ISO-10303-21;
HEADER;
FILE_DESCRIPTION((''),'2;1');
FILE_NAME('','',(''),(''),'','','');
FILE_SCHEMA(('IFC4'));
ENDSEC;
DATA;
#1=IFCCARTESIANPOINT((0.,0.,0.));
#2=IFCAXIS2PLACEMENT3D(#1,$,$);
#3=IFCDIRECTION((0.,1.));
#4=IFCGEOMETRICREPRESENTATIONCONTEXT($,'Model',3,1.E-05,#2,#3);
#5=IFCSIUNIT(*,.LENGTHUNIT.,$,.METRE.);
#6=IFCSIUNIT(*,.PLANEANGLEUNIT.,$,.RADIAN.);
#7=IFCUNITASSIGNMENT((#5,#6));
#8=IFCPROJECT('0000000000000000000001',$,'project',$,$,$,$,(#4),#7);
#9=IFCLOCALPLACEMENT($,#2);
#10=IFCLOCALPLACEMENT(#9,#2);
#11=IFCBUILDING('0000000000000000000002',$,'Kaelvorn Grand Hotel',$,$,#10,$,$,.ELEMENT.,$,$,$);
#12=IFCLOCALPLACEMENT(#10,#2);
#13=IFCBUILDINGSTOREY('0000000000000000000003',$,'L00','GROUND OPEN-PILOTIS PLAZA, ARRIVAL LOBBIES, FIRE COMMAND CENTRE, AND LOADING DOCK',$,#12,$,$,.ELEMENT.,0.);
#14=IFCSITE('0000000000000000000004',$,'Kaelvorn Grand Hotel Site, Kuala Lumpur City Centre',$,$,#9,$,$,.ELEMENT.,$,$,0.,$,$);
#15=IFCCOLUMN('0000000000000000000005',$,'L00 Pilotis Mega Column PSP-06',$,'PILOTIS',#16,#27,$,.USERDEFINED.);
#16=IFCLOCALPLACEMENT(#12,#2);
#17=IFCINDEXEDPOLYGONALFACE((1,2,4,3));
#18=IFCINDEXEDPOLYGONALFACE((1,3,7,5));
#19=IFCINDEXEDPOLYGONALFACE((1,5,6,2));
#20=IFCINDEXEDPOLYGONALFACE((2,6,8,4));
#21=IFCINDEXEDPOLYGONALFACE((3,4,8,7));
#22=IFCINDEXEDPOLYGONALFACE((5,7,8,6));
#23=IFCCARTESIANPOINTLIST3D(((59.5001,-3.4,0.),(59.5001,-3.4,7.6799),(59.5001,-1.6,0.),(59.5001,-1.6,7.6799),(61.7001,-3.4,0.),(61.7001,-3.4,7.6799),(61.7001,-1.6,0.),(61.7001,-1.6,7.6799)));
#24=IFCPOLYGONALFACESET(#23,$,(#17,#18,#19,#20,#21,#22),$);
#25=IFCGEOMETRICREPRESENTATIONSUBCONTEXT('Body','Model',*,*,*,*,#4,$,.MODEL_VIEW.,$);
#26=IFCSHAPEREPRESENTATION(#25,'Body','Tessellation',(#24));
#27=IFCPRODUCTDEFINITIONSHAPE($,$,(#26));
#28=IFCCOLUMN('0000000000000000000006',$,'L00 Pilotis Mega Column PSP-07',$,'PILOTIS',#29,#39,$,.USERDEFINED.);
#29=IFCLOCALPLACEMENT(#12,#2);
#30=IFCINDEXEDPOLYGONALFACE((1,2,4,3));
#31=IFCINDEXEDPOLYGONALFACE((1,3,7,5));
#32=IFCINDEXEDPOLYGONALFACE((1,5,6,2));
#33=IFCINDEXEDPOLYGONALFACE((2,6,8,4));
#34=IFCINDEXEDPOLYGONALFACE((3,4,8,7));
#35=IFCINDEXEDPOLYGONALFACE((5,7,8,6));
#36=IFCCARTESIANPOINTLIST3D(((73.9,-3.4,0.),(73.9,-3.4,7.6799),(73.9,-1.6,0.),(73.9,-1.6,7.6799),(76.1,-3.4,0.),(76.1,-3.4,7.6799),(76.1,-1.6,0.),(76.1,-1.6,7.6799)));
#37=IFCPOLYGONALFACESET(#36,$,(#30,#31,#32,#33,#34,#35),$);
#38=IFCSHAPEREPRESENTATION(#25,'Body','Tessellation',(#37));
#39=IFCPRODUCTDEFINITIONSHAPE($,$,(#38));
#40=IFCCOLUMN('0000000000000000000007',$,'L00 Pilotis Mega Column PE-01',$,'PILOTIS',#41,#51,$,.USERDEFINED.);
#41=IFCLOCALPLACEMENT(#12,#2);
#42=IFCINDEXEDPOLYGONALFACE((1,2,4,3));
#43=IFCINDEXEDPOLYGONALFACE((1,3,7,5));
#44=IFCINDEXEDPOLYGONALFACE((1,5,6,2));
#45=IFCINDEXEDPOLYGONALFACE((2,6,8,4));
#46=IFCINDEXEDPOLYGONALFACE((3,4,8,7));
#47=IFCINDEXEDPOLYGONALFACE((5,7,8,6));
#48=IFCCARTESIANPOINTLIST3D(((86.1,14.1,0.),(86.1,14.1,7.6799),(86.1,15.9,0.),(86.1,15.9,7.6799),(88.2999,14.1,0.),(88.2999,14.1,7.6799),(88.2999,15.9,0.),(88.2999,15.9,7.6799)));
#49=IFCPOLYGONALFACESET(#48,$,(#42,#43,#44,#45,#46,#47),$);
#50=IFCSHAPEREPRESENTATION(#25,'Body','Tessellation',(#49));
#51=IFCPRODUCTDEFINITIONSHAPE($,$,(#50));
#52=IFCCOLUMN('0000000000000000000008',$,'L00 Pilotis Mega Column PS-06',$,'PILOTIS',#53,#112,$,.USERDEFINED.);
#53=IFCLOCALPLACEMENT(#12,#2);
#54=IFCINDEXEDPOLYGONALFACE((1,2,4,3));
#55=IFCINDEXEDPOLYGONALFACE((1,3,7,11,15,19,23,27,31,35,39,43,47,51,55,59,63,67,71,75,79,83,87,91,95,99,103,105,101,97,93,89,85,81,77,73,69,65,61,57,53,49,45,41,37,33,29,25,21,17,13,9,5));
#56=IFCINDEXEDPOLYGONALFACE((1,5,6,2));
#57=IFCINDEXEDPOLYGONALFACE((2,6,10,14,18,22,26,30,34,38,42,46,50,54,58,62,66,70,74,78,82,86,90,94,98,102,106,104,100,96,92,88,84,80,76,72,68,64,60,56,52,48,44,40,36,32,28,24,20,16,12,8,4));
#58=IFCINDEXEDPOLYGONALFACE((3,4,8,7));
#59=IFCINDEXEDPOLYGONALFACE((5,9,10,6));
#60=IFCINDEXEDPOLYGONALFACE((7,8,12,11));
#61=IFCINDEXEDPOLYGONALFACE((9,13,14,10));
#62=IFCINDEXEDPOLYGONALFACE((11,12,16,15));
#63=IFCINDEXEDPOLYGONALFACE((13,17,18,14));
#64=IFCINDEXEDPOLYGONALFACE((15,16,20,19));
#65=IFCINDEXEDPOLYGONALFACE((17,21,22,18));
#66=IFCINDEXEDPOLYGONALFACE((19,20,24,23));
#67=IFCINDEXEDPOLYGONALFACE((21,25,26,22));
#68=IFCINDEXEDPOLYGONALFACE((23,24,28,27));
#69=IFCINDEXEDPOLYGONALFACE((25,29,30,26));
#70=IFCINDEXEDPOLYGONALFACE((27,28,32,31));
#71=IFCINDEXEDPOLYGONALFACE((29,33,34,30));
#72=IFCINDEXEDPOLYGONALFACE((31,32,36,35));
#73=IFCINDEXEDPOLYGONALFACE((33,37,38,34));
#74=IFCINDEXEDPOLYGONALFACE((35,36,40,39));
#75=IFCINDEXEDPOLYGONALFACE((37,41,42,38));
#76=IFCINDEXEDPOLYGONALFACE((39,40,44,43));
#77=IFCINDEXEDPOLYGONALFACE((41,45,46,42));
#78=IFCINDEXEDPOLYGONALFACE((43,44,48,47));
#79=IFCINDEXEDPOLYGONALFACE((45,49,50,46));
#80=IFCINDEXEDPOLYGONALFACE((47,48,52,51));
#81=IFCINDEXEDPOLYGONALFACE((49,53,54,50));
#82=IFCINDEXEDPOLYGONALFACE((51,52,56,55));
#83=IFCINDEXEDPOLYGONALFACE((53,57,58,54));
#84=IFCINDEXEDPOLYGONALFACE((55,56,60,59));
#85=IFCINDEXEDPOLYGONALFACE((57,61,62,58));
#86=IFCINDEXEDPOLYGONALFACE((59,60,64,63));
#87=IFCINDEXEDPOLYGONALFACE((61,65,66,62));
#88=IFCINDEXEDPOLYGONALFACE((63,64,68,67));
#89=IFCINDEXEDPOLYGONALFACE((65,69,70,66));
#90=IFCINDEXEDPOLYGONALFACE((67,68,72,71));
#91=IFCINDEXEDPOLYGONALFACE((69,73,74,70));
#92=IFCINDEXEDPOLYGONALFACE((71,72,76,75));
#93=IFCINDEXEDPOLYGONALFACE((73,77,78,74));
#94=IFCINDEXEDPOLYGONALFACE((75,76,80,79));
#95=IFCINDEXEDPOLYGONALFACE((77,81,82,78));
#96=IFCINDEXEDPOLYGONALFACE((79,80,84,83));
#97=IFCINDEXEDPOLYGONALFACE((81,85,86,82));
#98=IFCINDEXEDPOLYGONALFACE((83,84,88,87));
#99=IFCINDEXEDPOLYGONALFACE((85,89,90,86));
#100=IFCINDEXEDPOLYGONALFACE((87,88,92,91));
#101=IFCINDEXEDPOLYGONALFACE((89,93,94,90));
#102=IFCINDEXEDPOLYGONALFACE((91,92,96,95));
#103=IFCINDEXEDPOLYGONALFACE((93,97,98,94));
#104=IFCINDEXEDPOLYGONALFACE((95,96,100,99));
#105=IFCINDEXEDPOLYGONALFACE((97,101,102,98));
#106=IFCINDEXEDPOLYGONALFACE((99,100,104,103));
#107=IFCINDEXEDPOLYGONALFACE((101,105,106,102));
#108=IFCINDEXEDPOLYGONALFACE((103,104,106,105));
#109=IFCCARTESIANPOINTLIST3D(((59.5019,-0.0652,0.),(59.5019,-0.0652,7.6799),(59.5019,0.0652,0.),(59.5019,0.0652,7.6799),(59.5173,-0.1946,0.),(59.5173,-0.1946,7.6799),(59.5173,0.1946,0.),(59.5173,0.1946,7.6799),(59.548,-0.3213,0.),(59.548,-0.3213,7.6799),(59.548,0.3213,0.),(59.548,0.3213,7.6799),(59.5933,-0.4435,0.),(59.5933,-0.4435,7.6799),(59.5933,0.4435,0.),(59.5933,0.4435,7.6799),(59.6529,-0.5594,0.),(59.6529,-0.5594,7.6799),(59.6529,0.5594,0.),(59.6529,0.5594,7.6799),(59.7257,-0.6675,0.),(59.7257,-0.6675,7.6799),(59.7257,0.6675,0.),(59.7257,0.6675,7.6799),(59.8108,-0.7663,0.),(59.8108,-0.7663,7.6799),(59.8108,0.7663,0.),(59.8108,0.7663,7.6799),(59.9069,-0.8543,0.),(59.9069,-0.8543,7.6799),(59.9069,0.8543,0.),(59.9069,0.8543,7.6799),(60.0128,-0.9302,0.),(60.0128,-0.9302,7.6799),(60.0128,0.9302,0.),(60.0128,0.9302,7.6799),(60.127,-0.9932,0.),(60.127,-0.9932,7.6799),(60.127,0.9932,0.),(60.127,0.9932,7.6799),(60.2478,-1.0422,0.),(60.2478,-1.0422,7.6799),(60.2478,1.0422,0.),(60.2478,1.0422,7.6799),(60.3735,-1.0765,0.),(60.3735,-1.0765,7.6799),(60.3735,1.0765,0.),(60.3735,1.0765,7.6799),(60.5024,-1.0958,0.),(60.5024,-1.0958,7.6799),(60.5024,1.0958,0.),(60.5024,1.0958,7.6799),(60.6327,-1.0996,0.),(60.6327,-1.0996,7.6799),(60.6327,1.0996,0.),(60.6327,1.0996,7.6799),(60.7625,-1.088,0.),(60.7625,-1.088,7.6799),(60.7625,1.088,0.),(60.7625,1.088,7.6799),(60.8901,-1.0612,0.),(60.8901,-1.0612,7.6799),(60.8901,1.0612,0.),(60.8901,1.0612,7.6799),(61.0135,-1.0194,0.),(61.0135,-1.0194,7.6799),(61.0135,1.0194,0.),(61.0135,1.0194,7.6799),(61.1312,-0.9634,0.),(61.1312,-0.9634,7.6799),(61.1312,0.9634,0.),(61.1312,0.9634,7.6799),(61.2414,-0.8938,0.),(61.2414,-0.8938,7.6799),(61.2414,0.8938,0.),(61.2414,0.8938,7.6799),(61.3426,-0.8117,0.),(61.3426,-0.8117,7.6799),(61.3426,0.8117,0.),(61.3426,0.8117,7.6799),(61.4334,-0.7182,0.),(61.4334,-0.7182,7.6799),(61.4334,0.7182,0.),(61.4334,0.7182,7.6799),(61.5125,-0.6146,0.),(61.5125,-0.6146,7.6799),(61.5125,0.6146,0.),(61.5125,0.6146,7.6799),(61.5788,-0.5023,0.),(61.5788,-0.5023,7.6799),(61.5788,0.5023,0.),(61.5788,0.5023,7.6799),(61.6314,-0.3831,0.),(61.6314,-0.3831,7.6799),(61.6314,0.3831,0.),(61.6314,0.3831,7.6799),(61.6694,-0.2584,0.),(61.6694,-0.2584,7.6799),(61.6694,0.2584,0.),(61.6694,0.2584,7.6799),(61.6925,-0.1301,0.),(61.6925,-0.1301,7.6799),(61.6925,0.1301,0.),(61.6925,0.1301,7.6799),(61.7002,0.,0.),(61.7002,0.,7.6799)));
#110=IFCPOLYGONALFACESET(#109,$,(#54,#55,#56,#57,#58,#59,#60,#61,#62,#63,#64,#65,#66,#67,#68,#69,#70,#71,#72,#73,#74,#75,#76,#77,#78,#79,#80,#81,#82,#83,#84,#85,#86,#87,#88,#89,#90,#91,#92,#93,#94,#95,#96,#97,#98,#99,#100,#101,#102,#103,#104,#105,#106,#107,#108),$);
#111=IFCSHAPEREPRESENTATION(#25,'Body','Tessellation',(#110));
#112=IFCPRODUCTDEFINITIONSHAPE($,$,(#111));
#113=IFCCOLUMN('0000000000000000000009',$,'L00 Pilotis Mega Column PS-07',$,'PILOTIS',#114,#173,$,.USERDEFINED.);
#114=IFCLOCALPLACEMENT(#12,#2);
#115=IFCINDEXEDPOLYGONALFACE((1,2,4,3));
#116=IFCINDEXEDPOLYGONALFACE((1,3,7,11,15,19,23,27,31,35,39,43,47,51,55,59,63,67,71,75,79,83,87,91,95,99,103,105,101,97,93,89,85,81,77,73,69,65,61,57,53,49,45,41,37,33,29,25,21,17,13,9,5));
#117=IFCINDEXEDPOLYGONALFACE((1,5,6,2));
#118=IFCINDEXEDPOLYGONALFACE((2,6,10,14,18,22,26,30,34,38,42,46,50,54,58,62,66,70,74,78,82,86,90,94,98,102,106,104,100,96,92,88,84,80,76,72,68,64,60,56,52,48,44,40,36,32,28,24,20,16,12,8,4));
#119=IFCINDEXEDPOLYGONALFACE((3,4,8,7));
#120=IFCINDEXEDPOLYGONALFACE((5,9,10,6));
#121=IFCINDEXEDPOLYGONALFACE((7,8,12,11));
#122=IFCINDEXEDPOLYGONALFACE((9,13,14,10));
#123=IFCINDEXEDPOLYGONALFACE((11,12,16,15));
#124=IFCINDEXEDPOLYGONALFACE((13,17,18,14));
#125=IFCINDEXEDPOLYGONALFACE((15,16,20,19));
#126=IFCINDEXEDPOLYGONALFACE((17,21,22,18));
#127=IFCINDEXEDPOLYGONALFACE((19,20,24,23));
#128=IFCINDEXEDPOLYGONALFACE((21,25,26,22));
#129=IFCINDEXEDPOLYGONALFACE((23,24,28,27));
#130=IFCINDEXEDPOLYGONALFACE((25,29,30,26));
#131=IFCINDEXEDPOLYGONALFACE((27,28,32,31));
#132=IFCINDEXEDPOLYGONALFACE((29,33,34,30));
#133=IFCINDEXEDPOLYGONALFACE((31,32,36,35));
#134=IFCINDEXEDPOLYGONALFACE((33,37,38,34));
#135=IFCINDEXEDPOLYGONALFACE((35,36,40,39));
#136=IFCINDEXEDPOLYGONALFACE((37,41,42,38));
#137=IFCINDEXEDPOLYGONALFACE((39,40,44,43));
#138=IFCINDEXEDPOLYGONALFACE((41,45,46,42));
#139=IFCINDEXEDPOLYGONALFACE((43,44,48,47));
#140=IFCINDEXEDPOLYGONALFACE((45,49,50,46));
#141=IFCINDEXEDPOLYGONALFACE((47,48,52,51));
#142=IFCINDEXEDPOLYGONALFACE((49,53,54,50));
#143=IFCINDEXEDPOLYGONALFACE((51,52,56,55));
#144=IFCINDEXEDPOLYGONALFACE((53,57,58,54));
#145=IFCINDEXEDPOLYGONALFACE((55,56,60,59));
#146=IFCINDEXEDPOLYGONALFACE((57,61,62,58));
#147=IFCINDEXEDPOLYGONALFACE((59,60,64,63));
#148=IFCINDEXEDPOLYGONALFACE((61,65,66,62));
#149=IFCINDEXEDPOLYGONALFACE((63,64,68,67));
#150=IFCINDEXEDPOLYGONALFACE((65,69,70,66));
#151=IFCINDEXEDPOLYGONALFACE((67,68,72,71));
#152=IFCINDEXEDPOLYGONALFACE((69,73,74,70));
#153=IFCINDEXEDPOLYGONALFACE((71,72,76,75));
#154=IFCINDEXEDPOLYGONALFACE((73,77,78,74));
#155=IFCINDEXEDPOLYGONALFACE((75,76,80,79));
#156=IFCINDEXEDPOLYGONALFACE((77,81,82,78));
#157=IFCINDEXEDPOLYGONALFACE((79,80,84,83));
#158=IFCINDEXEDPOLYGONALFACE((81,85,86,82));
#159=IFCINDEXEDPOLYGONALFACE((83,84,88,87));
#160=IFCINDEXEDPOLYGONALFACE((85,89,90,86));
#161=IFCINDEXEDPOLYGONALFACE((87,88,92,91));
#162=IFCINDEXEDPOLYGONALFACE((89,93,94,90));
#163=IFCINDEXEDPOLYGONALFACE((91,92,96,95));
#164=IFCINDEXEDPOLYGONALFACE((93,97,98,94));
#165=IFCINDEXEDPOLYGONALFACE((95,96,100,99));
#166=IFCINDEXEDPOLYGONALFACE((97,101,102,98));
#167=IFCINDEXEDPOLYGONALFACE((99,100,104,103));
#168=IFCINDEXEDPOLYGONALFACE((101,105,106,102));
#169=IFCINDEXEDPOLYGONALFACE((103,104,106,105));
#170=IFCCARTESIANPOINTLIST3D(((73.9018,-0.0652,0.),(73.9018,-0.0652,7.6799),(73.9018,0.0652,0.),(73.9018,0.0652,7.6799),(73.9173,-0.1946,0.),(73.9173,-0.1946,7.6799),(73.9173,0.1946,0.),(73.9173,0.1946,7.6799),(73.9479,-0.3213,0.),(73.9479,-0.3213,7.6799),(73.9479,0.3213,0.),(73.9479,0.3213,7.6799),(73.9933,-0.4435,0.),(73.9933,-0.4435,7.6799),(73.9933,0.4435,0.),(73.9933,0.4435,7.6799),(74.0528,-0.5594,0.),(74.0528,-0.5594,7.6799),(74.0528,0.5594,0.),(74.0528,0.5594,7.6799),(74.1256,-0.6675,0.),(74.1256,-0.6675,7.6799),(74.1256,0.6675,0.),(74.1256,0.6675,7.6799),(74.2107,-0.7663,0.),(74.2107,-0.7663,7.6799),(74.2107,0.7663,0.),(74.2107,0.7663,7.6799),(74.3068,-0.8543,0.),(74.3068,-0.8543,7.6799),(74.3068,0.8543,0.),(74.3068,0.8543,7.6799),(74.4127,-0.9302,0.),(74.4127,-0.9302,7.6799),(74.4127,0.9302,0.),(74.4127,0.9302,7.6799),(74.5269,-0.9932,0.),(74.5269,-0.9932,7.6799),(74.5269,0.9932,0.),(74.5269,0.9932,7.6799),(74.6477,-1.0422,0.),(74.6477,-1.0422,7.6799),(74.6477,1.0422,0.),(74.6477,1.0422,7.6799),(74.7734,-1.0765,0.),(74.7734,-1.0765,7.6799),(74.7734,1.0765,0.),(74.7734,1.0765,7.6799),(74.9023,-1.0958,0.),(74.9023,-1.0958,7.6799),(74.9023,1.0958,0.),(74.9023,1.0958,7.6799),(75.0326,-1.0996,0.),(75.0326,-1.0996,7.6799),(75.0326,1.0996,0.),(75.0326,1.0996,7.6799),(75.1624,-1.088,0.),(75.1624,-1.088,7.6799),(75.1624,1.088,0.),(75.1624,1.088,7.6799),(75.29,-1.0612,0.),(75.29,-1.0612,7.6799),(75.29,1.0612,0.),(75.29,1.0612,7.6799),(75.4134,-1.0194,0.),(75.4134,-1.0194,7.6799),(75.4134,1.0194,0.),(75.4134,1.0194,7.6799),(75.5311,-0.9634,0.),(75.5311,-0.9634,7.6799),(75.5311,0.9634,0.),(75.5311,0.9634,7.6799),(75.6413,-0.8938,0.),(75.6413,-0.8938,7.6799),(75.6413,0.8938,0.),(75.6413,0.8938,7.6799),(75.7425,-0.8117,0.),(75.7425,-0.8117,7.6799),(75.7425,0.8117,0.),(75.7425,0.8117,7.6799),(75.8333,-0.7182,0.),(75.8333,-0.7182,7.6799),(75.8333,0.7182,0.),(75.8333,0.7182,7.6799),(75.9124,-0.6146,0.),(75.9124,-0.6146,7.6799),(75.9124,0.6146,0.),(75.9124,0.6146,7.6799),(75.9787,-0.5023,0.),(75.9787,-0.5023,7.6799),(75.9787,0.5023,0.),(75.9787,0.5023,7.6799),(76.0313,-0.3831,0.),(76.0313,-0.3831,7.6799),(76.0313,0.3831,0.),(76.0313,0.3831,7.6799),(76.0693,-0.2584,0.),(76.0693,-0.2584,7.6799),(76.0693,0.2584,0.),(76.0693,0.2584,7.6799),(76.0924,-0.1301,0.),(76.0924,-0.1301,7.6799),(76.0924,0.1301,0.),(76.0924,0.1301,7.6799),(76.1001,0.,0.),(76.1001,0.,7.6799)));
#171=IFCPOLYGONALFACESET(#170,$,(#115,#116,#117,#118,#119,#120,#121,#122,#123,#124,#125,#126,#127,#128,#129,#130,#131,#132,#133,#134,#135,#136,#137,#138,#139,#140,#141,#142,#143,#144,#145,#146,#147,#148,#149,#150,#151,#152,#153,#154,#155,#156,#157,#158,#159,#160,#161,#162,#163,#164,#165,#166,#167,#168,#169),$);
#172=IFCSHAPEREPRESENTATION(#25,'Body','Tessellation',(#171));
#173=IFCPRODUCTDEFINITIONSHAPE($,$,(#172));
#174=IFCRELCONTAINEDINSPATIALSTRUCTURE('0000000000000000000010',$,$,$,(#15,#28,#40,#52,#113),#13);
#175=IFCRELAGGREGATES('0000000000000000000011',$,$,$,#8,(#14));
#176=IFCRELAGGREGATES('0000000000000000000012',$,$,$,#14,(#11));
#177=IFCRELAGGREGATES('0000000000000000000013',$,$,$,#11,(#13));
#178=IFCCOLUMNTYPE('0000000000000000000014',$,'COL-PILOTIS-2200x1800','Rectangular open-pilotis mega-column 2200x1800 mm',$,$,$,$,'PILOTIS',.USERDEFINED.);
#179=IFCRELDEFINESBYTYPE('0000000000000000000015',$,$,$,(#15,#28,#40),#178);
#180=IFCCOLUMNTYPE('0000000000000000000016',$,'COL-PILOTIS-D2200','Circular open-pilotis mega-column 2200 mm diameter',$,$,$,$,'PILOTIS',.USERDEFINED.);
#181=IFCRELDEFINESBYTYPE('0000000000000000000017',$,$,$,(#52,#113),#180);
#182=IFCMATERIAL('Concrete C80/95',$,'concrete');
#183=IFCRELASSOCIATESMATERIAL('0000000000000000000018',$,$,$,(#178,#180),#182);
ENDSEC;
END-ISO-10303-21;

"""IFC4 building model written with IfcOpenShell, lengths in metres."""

from ifc_helpers import new_model, si_unit, direction, frame, origin, origin_2d, place, context, subcontext, project, spatial, rectangle, circle, extrude, material, material_profile, profile_set, type_object, element, save


model = new_model("IFC4")

# Units and contexts
model_context = context("Model", 3, precision=1e-05, world=origin(), true_north=direction((0.0, 1.0)))
body_context = subcontext(model_context, "Body", "Model", "MODEL_VIEW")
ifc_project = project(units=[si_unit("LENGTHUNIT", "METRE"), si_unit("PLANEANGLEUNIT", "RADIAN")], contexts=[model_context])

# Site, building, storey
site_placement = place(None, origin())
site = spatial("IfcSite", under=ifc_project, at=site_placement, Name="Kaelvorn Grand Hotel Site, Kuala Lumpur City Centre", CompositionType="ELEMENT", RefElevation=0.0)
building_placement = place(site_placement, origin())
building = spatial("IfcBuilding", under=site, at=building_placement, Name="Kaelvorn Grand Hotel", CompositionType="ELEMENT")
storey_placement = place(building_placement, origin())
storey = spatial("IfcBuildingStorey", under=building, at=storey_placement, Name="L00", Description="GROUND OPEN-PILOTIS PLAZA, ARRIVAL LOBBIES, FIRE COMMAND CENTRE, AND LOADING DOCK", CompositionType="ELEMENT", Elevation=0.0)

# Columns
ifc_material_1 = material(Name="Concrete C80/95", Category="concrete")
ifc_material_profile_1 = material_profile(ifc_material_1, rectangle(XDim=2.2, YDim=1.8, at=origin_2d()), Name="PILOTIS 2200x1800")
ifc_profile_set_1 = profile_set([ifc_material_profile_1], Name="Concrete C80/95")
column_type_1 = type_object("IfcColumnType", Name="COL-PILOTIS-2200x1800", Description="Rectangular open-pilotis mega-column 2200x1800 mm", ElementType="PILOTIS", PredefinedType="USERDEFINED", material=ifc_profile_set_1)
for number, where, z_axis, x_axis, name in (
    (1, (60.6001, -2.5, 0.0), (0.0, 0.0, 1.0), (1.0, 0.0, 0.0), "L00 Pilotis Mega Column PSP-06"),
    (2, (75.0, -2.5, 0.0), (0.0, 0.0, 1.0), (1.0, 0.0, 0.0), "L00 Pilotis Mega Column PSP-07"),
    (3, (87.2, 15.0, 0.0), (0.0, 0.0, 1.0), (1.0, 0.0, 0.0), "L00 Pilotis Mega Column PE-01"),
):
    element("IfcColumn", number, at=place(storey_placement, frame(where, z_axis=z_axis, x_axis=x_axis)), inside=storey, type_object=column_type_1, Name=name, ObjectType="PILOTIS", PredefinedType="USERDEFINED", context=body_context, shape_type="SweptSolid", body=[
        extrude(rectangle(XDim=2.2, YDim=1.8, at=origin_2d()), origin(), (0.0, 0.0, 1.0), 7.6799),
    ])
ifc_material_profile_2 = material_profile(ifc_material_1, circle(Radius=1.1001, at=origin_2d()), Name="PILOTIS D2200")
ifc_profile_set_2 = profile_set([ifc_material_profile_2], Name="Concrete C80/95")
column_type_2 = type_object("IfcColumnType", Name="COL-PILOTIS-D2200", Description="Circular open-pilotis mega-column 2200 mm diameter", ElementType="PILOTIS", PredefinedType="USERDEFINED", material=ifc_profile_set_2)
for number, where, z_axis, x_axis, name in (
    (4, (60.6001, 0.0, 0.0), (0.0, 0.0, 1.0), (1.0, 0.0, 0.0), "L00 Pilotis Mega Column PS-06"),
    (5, (75.0, 0.0, 0.0), (0.0, 0.0, 1.0), (1.0, 0.0, 0.0), "L00 Pilotis Mega Column PS-07"),
):
    element("IfcColumn", number, at=place(storey_placement, frame(where, z_axis=z_axis, x_axis=x_axis)), inside=storey, type_object=column_type_2, Name=name, ObjectType="PILOTIS", PredefinedType="USERDEFINED", context=body_context, shape_type="SweptSolid", body=[
        extrude(circle(Radius=1.1001, at=origin_2d()), origin(), (0.0, 0.0, 1.0), 7.6799),
    ])

save(model, "model.ifc")
